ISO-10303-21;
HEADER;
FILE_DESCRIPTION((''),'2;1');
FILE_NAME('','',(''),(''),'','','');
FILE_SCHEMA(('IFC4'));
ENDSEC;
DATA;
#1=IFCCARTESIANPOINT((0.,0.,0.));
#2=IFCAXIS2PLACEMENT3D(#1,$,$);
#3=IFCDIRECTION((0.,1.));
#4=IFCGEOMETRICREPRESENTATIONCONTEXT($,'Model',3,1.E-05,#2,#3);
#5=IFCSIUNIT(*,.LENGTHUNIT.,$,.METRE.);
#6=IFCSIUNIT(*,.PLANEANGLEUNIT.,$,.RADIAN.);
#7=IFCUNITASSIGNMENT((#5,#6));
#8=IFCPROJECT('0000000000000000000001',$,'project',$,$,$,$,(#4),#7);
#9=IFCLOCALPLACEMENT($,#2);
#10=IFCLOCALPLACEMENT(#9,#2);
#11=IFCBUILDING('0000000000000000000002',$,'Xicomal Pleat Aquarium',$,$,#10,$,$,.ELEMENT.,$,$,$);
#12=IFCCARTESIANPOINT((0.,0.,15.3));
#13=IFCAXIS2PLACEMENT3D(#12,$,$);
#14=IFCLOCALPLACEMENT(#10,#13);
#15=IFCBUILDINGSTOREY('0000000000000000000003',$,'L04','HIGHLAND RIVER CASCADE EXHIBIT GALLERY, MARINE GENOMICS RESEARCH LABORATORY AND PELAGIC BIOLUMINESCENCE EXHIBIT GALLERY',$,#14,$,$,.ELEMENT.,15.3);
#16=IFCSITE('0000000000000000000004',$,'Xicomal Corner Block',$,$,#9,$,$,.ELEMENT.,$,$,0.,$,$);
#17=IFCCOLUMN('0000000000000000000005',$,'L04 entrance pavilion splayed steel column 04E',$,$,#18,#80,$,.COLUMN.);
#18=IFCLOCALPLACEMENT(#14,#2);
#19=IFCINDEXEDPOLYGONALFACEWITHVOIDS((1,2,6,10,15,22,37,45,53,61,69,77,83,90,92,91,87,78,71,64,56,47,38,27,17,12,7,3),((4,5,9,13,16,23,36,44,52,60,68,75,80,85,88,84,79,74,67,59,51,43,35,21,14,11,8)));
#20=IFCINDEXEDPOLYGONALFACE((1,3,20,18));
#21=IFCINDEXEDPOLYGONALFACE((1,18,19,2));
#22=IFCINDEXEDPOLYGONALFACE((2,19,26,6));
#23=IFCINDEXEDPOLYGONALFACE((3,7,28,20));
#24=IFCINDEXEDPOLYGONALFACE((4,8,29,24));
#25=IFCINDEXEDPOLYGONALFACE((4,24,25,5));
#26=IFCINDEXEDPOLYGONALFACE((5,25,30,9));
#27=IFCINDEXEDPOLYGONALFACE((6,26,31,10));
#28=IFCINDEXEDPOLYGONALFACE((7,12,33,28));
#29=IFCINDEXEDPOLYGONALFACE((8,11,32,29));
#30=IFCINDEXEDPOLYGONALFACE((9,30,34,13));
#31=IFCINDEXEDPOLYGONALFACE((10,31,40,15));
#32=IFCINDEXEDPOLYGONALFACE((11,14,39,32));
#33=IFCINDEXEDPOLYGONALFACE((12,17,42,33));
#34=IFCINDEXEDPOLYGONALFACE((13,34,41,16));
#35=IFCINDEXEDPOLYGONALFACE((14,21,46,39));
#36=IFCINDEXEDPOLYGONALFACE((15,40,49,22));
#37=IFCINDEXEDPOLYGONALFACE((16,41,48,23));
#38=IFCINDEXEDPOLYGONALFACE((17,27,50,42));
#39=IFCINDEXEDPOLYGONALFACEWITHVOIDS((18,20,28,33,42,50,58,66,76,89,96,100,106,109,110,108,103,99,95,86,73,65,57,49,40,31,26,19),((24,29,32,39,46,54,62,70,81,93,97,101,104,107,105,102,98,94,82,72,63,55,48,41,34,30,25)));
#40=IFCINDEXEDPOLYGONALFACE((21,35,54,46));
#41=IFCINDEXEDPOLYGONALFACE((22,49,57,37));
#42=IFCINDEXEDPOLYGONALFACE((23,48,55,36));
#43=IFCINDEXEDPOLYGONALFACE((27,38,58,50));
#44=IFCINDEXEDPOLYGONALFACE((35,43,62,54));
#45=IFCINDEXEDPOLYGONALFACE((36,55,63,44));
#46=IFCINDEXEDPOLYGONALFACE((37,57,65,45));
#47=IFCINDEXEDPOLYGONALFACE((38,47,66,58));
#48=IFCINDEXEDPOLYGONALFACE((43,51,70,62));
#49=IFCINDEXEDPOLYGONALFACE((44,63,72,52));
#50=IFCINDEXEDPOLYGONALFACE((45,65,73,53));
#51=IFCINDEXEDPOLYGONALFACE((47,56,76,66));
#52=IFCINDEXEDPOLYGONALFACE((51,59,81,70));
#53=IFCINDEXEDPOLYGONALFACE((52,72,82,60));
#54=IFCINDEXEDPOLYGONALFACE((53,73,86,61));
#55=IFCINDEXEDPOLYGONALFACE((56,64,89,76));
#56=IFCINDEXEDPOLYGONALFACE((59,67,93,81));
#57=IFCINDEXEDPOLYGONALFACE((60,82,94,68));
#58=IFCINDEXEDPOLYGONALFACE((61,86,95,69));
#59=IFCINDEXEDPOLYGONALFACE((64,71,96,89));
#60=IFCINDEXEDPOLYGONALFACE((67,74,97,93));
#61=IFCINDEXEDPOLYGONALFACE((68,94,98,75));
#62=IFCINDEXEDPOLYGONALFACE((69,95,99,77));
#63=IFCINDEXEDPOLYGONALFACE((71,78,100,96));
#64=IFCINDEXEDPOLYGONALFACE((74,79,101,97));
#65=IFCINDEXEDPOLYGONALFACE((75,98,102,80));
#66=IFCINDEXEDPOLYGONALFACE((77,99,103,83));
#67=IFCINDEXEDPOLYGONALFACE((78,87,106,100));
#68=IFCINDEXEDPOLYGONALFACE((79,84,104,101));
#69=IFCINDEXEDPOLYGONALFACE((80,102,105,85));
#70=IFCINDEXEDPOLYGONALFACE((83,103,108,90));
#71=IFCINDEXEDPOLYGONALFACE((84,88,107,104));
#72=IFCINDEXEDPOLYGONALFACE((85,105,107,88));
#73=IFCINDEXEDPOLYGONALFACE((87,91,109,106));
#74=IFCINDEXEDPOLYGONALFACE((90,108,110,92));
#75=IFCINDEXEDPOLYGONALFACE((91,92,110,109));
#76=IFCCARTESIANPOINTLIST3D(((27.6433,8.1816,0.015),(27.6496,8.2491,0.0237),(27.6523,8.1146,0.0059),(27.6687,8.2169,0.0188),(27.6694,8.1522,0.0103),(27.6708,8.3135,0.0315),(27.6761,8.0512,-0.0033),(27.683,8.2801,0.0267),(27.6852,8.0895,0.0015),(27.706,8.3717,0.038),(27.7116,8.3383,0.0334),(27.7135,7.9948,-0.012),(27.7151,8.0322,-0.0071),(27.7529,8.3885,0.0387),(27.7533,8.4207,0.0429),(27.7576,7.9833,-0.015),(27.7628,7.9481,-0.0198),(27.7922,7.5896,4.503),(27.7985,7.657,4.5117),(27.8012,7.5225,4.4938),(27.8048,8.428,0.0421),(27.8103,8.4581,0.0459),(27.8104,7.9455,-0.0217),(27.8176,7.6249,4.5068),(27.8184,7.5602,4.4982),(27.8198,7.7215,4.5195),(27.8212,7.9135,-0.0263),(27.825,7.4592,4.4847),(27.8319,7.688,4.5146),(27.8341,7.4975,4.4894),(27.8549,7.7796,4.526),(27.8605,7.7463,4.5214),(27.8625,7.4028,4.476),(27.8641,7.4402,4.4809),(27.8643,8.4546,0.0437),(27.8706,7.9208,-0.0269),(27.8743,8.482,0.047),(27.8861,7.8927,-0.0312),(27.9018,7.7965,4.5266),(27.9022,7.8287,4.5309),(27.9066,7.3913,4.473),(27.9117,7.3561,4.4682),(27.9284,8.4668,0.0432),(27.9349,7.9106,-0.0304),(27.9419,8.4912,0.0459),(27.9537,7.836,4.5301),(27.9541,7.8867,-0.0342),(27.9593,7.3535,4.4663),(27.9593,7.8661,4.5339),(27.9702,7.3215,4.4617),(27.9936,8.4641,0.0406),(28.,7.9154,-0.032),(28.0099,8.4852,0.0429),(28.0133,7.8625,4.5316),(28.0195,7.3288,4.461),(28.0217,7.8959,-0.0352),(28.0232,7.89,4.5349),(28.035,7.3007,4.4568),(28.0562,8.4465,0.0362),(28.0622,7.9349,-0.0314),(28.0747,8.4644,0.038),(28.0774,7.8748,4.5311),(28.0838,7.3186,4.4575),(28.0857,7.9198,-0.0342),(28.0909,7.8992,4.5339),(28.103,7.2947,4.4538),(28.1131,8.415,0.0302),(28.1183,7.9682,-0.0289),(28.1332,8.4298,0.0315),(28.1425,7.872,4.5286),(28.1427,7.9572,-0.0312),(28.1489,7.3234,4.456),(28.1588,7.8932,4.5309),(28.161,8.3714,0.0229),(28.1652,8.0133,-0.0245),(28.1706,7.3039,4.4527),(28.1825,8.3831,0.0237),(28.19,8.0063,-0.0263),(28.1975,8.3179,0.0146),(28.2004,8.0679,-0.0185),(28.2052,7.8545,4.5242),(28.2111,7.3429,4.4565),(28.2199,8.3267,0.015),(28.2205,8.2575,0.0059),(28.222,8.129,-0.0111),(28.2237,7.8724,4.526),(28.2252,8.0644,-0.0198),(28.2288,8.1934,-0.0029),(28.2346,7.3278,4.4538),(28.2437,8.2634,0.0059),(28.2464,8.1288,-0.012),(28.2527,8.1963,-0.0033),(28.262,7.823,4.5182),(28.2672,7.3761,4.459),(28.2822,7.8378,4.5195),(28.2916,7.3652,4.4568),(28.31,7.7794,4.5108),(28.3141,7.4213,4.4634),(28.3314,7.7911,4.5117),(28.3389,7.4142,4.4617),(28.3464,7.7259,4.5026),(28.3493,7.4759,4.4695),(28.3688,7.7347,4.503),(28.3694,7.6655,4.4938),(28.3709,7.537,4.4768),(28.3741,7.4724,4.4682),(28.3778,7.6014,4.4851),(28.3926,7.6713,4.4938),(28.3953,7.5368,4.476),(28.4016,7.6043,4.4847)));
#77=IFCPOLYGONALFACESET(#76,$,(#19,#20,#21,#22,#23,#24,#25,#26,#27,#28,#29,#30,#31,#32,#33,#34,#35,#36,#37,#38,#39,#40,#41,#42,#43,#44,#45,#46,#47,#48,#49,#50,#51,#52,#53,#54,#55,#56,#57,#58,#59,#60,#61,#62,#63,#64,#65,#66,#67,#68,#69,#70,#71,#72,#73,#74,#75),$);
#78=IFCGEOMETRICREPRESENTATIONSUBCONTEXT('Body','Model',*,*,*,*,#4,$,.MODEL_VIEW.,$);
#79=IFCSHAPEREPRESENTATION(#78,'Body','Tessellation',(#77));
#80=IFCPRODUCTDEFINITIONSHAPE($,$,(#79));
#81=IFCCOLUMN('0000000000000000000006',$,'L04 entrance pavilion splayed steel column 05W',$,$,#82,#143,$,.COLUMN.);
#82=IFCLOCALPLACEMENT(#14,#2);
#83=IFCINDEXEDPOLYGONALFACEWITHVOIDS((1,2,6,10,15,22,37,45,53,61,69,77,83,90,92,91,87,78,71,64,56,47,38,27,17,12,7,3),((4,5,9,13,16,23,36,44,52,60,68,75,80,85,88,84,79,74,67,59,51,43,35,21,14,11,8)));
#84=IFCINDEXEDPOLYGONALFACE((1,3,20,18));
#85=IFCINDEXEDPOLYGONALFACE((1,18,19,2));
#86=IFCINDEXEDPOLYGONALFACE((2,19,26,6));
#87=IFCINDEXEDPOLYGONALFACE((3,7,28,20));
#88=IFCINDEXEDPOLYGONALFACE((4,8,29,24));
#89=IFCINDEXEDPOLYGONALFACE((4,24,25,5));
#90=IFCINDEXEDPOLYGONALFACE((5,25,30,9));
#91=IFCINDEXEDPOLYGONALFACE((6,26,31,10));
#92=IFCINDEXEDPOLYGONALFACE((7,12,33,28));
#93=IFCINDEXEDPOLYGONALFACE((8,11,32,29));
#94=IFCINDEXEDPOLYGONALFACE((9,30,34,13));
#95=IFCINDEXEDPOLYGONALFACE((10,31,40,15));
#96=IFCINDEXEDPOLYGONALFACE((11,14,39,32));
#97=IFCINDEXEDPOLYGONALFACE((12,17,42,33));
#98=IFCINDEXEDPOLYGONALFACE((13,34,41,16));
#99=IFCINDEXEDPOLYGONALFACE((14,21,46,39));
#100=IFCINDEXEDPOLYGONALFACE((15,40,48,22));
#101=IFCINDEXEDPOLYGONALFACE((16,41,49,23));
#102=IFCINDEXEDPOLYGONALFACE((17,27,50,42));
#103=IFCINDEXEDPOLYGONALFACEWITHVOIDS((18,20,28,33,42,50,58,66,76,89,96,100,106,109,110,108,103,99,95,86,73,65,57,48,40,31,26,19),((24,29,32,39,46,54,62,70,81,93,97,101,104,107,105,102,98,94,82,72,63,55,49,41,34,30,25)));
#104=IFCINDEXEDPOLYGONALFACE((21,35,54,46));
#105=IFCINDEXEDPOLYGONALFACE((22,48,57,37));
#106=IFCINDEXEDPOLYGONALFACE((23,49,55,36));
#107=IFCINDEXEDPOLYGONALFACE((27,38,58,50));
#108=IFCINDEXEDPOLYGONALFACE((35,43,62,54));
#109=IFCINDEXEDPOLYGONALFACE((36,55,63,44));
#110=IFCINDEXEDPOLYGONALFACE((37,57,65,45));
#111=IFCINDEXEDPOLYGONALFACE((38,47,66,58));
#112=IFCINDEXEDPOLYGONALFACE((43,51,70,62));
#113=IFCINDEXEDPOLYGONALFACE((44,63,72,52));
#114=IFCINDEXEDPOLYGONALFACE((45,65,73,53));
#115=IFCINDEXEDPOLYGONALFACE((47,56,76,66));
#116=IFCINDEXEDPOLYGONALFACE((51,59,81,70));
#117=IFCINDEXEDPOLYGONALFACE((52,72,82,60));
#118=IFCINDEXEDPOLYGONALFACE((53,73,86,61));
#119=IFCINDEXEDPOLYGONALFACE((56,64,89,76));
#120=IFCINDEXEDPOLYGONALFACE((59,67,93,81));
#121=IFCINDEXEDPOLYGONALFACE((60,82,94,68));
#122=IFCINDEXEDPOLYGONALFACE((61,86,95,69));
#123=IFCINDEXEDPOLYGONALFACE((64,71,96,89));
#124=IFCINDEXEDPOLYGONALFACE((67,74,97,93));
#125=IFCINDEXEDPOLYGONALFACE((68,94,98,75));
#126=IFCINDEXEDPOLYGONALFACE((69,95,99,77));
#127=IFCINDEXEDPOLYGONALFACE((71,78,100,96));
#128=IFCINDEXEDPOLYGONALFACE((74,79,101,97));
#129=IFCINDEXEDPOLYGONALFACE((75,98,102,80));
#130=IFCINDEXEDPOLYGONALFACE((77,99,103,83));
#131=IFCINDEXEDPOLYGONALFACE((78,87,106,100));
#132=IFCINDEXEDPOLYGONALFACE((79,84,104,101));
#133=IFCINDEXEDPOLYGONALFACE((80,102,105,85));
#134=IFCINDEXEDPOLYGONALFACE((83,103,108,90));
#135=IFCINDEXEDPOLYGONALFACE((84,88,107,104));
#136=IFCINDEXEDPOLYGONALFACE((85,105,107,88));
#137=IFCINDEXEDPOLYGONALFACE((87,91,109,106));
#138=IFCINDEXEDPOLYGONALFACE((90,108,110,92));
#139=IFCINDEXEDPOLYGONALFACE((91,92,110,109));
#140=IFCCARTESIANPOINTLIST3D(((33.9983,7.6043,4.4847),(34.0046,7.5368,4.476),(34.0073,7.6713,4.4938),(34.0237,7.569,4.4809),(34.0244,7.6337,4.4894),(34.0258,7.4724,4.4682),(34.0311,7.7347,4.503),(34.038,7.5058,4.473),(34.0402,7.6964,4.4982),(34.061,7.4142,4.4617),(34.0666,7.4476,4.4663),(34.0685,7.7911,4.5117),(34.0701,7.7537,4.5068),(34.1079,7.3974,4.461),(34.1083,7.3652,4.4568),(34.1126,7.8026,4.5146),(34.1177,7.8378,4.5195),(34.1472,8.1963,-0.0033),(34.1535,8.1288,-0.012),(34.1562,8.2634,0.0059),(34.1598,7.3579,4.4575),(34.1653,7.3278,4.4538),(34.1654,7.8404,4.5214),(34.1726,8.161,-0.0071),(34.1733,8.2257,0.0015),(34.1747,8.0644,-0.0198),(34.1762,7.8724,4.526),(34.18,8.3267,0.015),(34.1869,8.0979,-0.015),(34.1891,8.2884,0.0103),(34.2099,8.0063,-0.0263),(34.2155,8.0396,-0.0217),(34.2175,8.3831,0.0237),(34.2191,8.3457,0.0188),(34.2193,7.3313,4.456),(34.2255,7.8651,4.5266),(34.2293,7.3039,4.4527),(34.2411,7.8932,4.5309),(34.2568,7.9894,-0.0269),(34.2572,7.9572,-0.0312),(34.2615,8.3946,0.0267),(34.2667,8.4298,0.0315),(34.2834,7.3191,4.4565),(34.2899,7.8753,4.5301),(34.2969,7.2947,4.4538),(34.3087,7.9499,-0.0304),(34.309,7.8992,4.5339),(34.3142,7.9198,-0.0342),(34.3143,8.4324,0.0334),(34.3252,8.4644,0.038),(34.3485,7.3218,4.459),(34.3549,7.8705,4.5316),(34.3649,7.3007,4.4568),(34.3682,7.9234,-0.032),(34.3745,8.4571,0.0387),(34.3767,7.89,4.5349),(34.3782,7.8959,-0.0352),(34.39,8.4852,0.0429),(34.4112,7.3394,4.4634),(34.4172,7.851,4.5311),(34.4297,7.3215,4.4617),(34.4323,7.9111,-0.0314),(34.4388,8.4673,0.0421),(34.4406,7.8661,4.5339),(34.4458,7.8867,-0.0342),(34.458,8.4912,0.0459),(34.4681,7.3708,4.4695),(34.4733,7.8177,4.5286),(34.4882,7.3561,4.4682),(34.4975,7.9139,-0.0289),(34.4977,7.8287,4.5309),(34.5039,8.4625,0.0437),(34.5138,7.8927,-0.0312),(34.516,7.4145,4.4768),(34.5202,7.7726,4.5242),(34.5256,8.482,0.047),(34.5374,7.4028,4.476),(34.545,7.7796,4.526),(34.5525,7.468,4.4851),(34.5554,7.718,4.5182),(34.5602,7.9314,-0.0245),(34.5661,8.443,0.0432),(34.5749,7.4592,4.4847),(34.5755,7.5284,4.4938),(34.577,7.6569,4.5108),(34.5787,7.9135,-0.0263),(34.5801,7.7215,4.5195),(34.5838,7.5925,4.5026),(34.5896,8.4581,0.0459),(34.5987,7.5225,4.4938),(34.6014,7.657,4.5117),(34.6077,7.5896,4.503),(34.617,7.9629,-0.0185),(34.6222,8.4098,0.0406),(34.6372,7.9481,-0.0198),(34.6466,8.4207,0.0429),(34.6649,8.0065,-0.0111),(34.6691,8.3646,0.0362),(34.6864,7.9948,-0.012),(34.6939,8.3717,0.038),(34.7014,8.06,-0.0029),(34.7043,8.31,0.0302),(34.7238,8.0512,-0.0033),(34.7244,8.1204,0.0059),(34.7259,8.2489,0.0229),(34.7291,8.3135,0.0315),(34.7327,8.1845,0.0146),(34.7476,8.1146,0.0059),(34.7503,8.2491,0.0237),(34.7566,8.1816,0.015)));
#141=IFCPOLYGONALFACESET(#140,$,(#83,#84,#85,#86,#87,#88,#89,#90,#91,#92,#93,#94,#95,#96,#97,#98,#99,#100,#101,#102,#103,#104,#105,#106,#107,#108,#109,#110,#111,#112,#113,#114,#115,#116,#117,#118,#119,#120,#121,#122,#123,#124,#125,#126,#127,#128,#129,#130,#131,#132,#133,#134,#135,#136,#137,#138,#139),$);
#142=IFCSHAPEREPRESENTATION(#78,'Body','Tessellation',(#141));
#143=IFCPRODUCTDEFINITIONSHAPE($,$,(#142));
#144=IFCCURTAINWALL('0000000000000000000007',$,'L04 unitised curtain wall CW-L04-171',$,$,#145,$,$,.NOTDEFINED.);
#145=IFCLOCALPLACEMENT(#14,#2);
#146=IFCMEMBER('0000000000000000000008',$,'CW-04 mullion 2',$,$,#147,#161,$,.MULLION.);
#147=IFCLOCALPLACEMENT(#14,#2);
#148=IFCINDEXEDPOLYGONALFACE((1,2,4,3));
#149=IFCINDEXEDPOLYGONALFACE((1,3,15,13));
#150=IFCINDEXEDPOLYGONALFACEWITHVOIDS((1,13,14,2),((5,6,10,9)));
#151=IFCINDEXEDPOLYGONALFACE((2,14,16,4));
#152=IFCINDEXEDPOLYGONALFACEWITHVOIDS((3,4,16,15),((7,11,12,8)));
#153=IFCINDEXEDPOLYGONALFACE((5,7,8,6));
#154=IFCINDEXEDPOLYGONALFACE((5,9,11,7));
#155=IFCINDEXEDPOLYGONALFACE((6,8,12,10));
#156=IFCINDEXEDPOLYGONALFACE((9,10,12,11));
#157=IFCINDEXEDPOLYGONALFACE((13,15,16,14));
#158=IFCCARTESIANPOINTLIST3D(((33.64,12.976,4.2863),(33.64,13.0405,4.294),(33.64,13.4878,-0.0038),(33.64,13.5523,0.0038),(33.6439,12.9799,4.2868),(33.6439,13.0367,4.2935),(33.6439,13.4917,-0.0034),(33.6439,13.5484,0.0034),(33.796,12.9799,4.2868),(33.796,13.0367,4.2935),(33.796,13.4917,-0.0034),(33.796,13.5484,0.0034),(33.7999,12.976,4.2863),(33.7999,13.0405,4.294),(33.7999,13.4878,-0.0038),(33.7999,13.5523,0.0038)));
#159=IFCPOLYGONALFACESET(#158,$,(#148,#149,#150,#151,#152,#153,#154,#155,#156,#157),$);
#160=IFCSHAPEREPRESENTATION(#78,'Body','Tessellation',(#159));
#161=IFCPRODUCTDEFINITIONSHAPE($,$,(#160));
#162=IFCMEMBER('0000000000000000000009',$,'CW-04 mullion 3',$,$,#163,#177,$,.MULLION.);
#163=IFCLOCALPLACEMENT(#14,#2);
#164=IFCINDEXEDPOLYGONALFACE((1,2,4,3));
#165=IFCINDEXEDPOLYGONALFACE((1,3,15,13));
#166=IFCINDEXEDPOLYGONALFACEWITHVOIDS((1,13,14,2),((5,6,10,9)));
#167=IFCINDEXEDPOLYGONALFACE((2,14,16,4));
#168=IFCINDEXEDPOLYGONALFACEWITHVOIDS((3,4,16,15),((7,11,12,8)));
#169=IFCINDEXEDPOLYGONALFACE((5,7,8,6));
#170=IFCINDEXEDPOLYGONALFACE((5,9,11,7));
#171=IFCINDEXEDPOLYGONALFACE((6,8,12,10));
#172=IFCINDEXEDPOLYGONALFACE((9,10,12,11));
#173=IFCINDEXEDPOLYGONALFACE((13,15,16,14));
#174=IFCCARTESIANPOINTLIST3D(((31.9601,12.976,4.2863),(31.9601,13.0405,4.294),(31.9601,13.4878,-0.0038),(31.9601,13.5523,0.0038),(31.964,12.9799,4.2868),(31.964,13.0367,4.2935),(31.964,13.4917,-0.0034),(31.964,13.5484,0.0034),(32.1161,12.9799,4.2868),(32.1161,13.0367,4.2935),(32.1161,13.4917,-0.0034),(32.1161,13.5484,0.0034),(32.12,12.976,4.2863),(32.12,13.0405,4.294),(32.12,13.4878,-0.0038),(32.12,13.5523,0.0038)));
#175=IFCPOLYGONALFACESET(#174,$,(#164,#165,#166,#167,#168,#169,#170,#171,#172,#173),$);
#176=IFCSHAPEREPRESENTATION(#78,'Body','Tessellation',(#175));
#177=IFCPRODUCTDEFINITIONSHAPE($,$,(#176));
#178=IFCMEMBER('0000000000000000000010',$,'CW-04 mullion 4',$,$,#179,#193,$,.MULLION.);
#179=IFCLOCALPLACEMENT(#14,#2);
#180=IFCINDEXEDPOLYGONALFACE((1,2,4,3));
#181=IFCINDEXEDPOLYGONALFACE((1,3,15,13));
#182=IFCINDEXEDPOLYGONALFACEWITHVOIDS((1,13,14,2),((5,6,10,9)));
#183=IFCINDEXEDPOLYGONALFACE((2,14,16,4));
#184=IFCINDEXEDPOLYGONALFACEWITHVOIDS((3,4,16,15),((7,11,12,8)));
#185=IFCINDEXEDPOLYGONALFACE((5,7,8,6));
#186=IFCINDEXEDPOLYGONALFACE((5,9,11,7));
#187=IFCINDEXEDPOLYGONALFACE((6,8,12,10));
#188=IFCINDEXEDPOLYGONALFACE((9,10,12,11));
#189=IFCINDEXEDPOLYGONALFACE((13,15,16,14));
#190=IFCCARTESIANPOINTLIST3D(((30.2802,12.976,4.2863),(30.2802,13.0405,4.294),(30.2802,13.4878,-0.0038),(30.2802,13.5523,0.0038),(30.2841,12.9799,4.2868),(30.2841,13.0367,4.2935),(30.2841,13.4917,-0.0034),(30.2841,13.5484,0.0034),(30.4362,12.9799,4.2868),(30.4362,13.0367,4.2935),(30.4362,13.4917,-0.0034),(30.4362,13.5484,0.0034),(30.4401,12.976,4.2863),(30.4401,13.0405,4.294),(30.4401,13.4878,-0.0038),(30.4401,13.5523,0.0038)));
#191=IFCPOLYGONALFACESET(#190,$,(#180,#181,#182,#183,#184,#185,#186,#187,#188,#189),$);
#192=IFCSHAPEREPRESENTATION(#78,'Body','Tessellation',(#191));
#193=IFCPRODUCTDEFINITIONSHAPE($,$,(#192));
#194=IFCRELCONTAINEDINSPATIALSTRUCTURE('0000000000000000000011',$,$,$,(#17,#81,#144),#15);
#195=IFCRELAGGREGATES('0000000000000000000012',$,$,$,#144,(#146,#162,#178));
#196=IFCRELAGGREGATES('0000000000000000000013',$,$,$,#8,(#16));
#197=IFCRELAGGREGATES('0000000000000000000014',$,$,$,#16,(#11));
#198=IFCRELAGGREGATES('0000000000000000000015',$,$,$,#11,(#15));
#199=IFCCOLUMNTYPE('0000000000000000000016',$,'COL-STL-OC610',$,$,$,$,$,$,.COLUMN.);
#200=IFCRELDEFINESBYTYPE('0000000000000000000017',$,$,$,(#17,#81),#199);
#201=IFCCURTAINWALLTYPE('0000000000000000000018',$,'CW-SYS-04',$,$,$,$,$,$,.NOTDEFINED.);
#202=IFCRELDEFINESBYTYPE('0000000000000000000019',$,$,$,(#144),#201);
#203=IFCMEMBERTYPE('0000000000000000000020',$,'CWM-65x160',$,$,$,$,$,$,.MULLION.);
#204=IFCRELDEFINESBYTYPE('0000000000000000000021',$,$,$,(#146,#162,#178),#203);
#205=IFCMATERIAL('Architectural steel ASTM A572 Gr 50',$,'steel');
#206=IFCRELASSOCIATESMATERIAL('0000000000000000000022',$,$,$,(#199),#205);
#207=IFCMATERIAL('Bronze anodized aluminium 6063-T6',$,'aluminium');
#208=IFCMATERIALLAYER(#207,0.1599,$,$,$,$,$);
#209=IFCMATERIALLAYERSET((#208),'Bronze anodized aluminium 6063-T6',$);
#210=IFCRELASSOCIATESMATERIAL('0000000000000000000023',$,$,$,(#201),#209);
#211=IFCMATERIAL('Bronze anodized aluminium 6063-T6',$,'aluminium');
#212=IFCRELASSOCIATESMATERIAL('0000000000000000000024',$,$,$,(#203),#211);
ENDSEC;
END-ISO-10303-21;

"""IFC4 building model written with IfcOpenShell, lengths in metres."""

from ifc_helpers import new_model, si_unit, direction, frame, origin, origin_2d, place, context, subcontext, project, spatial, hollow_rectangle, hollow_circle, extrude, material, layer, layer_set, material_profile, profile_set, type_object, element, aggregate, save


model = new_model("IFC4")

# Units and contexts
model_context = context("Model", 3, precision=1e-05, world=origin(), true_north=direction((0.0, 1.0)))
body_context = subcontext(model_context, "Body", "Model", "MODEL_VIEW")
ifc_project = project(units=[si_unit("LENGTHUNIT", "METRE"), si_unit("PLANEANGLEUNIT", "RADIAN")], contexts=[model_context])

# Site, building, storey
site_placement = place(None, origin())
site = spatial("IfcSite", under=ifc_project, at=site_placement, Name="Xicomal Corner Block", CompositionType="ELEMENT", RefElevation=0.0)
building_placement = place(site_placement, origin())
building = spatial("IfcBuilding", under=site, at=building_placement, Name="Xicomal Pleat Aquarium", CompositionType="ELEMENT")
storey_placement = place(building_placement, frame((0.0, 0.0, 15.3)))
storey = spatial("IfcBuildingStorey", under=building, at=storey_placement, Name="L04", Description="HIGHLAND RIVER CASCADE EXHIBIT GALLERY, MARINE GENOMICS RESEARCH LABORATORY AND PELAGIC BIOLUMINESCENCE EXHIBIT GALLERY", CompositionType="ELEMENT", Elevation=15.3)

# Columns
ifc_material_1 = material(Name="Architectural steel ASTM A572 Gr 50", Category="steel")
ifc_material_profile_1 = material_profile(ifc_material_1, hollow_circle(Radius=0.3049, WallThickness=0.0239, at=origin_2d()), Name="OC 610x24")
ifc_profile_set_1 = profile_set([ifc_material_profile_1], Name="Architectural steel ASTM A572 Gr 50")
column_type = type_object("IfcColumnType", Name="COL-STL-OC610", PredefinedType="COLUMN", material=ifc_profile_set_1)
for number, where, z_axis, x_axis, name in (
    (1, (27.948, 8.189, 0.0059), (0.03288, -0.130712, 0.990875), (0.969789, 0.243947, 0.0), "L04 entrance pavilion splayed steel column 04E"),
    (2, (34.4519, 8.189, 0.0059), (-0.03288, -0.130712, 0.990875), (0.969789, -0.243947, 0.0), "L04 entrance pavilion splayed steel column 05W"),
):
    element("IfcColumn", number, at=place(storey_placement, frame(where, z_axis=z_axis, x_axis=x_axis)), inside=storey, type_object=column_type, Name=name, PredefinedType="COLUMN", context=body_context, shape_type="SweptSolid", body=[
        extrude(hollow_circle(Radius=0.3049, WallThickness=0.0239, at=origin_2d()), origin(), (0.0, 0.0, 1.0), 4.5293),
    ])

# Curtain wall, members
ifc_material_2 = material(Name="Bronze anodized aluminium 6063-T6", Category="aluminium")
ifc_layer_1 = layer(ifc_material_2, 0.1599)
ifc_layer_set_1 = layer_set([ifc_layer_1], Name="Bronze anodized aluminium 6063-T6")
curtain_wall_type = type_object("IfcCurtainWallType", Name="CW-SYS-04", PredefinedType="NOTDEFINED", material=ifc_layer_set_1)
curtain_wall_placement = place(storey_placement, origin())
curtain_wall = element("IfcCurtainWall", 3, at=curtain_wall_placement, inside=storey, type_object=curtain_wall_type, Name="L04 unitised curtain wall CW-L04-171", PredefinedType="NOTDEFINED")
ifc_material_3 = material(Name="Bronze anodized aluminium 6063-T6", Category="aluminium")
ifc_material_profile_2 = material_profile(ifc_material_3, hollow_rectangle(XDim=0.0649, YDim=0.1599, WallThickness=0.0039, at=origin_2d()), Name="ALU MULL 65x160")
ifc_profile_set_2 = profile_set([ifc_material_profile_2], Name="Bronze anodized aluminium 6063-T6")
member_type_1 = type_object("IfcMemberType", Name="CWM-65x160", PredefinedType="MULLION", material=ifc_profile_set_2)
member_1_placement = place(storey_placement, frame((33.72, 13.52, 0.0), z_axis=(0.0, -0.118441, 0.992961), x_axis=(0.0, -0.992961, -0.118441)))
member_1 = element("IfcMember", 4, at=member_1_placement, type_object=member_type_1, Name="CW-04 mullion 2", PredefinedType="MULLION", context=body_context, shape_type="SweptSolid", body=[
    extrude(hollow_rectangle(XDim=0.0649, YDim=0.1599, WallThickness=0.0039, at=origin_2d()), origin(), (0.0, 0.0, 1.0), 4.3206),
])
member_2_placement = place(storey_placement, frame((32.04, 13.52, 0.0), z_axis=(0.0, -0.118441, 0.992961), x_axis=(0.0, -0.992961, -0.118441)))
member_2 = element("IfcMember", 5, at=member_2_placement, type_object=member_type_1, Name="CW-04 mullion 3", PredefinedType="MULLION", context=body_context, shape_type="SweptSolid", body=[
    extrude(hollow_rectangle(XDim=0.0649, YDim=0.1599, WallThickness=0.0039, at=origin_2d()), origin(), (0.0, 0.0, 1.0), 4.3206),
])
member_3_placement = place(storey_placement, frame((30.3601, 13.52, 0.0), z_axis=(0.0, -0.118441, 0.992961), x_axis=(0.0, -0.992961, -0.118441)))
member_3 = element("IfcMember", 6, at=member_3_placement, type_object=member_type_1, Name="CW-04 mullion 4", PredefinedType="MULLION", context=body_context, shape_type="SweptSolid", body=[
    extrude(hollow_rectangle(XDim=0.0649, YDim=0.1599, WallThickness=0.0039, at=origin_2d()), origin(), (0.0, 0.0, 1.0), 4.3206),
])
aggregate(curtain_wall, [member_1, member_2, member_3])

save(model, "model.ifc")
